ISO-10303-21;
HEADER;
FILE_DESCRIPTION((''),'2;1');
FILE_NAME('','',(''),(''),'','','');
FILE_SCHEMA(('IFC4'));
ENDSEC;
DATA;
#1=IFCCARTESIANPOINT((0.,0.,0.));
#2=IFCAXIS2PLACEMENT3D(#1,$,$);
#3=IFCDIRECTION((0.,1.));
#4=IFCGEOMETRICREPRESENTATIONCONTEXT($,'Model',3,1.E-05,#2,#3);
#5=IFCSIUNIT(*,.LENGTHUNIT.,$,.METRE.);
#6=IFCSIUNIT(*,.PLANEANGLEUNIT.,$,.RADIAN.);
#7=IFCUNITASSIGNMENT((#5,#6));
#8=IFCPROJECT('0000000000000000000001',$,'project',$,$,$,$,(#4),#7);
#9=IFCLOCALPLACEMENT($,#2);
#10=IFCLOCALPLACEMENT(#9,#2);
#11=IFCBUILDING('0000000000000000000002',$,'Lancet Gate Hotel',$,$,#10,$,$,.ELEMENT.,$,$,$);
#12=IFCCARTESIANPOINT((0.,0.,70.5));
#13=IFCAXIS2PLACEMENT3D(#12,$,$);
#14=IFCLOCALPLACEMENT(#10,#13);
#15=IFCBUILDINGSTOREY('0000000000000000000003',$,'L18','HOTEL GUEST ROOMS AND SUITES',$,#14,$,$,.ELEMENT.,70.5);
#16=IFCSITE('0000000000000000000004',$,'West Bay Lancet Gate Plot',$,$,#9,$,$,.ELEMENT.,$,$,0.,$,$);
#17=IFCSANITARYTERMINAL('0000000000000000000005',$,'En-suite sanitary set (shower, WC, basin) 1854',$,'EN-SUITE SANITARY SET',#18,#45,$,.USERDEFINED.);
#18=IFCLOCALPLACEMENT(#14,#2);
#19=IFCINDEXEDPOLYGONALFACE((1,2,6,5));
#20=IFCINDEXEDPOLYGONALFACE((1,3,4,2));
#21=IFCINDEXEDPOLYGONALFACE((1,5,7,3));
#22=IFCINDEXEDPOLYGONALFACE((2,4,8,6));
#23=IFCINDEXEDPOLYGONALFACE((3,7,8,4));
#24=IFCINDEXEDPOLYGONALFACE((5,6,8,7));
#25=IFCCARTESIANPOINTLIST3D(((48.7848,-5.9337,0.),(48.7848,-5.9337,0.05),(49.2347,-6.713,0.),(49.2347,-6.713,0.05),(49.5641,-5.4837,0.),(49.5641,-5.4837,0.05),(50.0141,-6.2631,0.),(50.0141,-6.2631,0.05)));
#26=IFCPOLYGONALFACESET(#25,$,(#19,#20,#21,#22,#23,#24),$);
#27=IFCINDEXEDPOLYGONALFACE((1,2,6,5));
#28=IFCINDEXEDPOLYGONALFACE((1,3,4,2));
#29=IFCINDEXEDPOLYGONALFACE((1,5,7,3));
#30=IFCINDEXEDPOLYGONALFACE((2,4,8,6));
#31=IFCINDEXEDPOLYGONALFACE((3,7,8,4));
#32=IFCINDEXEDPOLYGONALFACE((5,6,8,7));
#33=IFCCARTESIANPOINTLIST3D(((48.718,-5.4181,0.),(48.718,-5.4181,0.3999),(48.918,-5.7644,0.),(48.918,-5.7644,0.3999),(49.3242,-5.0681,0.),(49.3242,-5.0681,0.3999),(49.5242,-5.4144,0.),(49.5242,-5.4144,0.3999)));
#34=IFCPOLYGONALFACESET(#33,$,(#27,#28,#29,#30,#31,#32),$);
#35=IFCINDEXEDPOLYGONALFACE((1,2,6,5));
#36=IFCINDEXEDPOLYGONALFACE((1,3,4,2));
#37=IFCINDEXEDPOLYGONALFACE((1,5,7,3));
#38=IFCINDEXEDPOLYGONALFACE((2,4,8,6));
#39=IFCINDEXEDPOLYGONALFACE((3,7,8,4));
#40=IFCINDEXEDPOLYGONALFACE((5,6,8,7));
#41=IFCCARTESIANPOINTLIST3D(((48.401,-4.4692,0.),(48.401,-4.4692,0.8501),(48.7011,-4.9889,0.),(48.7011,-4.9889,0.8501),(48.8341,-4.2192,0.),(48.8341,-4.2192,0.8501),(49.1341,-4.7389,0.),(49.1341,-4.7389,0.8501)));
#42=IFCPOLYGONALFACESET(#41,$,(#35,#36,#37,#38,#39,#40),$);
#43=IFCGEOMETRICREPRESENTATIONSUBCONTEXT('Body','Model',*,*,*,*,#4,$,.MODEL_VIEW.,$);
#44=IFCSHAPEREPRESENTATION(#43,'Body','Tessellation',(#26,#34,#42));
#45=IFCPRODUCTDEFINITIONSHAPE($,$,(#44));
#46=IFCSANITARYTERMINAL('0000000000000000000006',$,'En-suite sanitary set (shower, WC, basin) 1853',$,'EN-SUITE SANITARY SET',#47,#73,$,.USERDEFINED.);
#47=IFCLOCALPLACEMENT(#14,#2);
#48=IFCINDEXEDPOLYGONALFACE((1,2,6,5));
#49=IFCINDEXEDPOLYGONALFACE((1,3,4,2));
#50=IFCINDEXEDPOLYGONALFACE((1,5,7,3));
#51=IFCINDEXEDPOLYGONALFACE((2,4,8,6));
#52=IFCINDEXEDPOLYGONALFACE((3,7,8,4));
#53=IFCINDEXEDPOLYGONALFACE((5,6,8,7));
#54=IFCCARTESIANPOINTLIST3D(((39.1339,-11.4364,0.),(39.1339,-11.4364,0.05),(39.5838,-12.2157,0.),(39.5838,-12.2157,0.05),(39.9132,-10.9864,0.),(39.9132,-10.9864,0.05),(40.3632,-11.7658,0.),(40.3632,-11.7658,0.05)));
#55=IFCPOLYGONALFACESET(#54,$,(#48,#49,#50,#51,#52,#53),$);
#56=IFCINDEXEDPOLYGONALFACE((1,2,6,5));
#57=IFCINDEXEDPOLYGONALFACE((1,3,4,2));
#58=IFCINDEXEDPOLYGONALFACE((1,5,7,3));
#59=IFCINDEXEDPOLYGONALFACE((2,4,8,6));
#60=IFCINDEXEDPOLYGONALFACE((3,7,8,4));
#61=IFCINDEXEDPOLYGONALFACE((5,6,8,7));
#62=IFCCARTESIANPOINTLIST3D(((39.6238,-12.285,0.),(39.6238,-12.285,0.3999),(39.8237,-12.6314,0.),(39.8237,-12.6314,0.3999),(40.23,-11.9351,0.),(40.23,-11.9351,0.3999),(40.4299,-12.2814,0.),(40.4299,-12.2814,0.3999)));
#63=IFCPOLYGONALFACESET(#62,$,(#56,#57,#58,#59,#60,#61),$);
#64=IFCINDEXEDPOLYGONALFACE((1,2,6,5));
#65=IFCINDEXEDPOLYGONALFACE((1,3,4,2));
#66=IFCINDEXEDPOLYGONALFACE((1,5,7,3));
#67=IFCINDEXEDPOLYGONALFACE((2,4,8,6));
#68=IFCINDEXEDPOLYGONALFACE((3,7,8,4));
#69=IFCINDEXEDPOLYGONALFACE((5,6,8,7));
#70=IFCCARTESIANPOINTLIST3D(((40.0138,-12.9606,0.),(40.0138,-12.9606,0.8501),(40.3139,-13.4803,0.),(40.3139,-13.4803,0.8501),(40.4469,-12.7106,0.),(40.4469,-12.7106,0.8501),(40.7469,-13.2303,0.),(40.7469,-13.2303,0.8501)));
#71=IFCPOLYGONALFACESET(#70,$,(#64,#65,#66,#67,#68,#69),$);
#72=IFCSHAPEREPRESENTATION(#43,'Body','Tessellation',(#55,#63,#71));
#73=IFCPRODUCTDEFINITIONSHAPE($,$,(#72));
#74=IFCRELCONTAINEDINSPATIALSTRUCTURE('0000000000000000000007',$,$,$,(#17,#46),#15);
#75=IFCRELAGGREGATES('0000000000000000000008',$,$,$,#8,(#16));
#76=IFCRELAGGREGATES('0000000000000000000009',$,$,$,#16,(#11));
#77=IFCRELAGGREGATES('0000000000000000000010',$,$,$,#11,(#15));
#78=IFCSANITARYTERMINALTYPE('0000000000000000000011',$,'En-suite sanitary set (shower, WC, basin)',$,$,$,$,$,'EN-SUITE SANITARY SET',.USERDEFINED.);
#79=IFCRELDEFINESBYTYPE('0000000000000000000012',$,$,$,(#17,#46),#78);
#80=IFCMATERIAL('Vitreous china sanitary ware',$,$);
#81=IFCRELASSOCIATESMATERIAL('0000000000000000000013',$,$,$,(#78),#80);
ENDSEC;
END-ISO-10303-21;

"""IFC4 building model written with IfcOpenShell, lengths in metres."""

from ifc_helpers import new_model, si_unit, direction, frame, origin, origin_2d, place, context, subcontext, project, spatial, rectangle, extrude, material, type_object, element, save


model = new_model("IFC4")

# Units and contexts
model_context = context("Model", 3, precision=1e-05, world=origin(), true_north=direction((0.0, 1.0)))
body_context = subcontext(model_context, "Body", "Model", "MODEL_VIEW")
ifc_project = project(units=[si_unit("LENGTHUNIT", "METRE"), si_unit("PLANEANGLEUNIT", "RADIAN")], contexts=[model_context])

# Site, building, storey
site_placement = place(None, origin())
site = spatial("IfcSite", under=ifc_project, at=site_placement, Name="West Bay Lancet Gate Plot", CompositionType="ELEMENT", RefElevation=0.0)
building_placement = place(site_placement, origin())
building = spatial("IfcBuilding", under=site, at=building_placement, Name="Lancet Gate Hotel", CompositionType="ELEMENT")
storey_placement = place(building_placement, frame((0.0, 0.0, 70.5)))
storey = spatial("IfcBuildingStorey", under=building, at=storey_placement, Name="L18", Description="HOTEL GUEST ROOMS AND SUITES", CompositionType="ELEMENT", Elevation=70.5)

# Sanitary terminals
ifc_material_1 = material(Name="Vitreous china sanitary ware")
sanitary_terminal_type = type_object("IfcSanitaryTerminalType", Name="En-suite sanitary set (shower, WC, basin)", ElementType="EN-SUITE SANITARY SET", PredefinedType="USERDEFINED", material=ifc_material_1)
sanitary_terminal_1_placement = place(storey_placement, frame((49.3994, -6.0984, 0.0), z_axis=(0.0, 0.0, 1.0), x_axis=(1.0, 0.0, 0.0)))
element("IfcSanitaryTerminal", 1, at=sanitary_terminal_1_placement, inside=storey, type_object=sanitary_terminal_type, Name="En-suite sanitary set (shower, WC, basin) 1854", ObjectType="EN-SUITE SANITARY SET", PredefinedType="USERDEFINED", context=body_context, shape_type="SweptSolid", body=[
    extrude(rectangle(XDim=0.8999, YDim=0.8999, at=origin_2d()), frame((0.0, 0.0, 0.0), z_axis=(0.0, 0.0, 1.0), x_axis=(0.5, -0.866025, 0.0)), (0.0, 0.0, 1.0), 0.05),
    extrude(rectangle(XDim=0.3999, YDim=0.7, at=origin_2d()), frame((-0.2783, 0.6821, 0.0), z_axis=(0.0, 0.0, 1.0), x_axis=(0.5, -0.866025, 0.0)), (0.0, 0.0, 1.0), 0.3999),
    extrude(rectangle(XDim=0.6001, YDim=0.5, at=origin_2d()), frame((-0.6318, 1.4944, 0.0), z_axis=(0.0, 0.0, 1.0), x_axis=(0.5, -0.866025, 0.0)), (0.0, 0.0, 1.0), 0.8501),
])
sanitary_terminal_2_placement = place(storey_placement, frame((39.7485, -11.6011, 0.0), z_axis=(0.0, 0.0, 1.0), x_axis=(1.0, 0.0, 0.0)))
element("IfcSanitaryTerminal", 2, at=sanitary_terminal_2_placement, inside=storey, type_object=sanitary_terminal_type, Name="En-suite sanitary set (shower, WC, basin) 1853", ObjectType="EN-SUITE SANITARY SET", PredefinedType="USERDEFINED", context=body_context, shape_type="SweptSolid", body=[
    extrude(rectangle(XDim=0.8999, YDim=0.8999, at=origin_2d()), frame((0.0, 0.0, 0.0), z_axis=(0.0, 0.0, 1.0), x_axis=(-0.5, 0.866025, 0.0)), (0.0, 0.0, 1.0), 0.05),
    extrude(rectangle(XDim=0.3999, YDim=0.7, at=origin_2d()), frame((0.2783, -0.6821, 0.0), z_axis=(0.0, 0.0, 1.0), x_axis=(-0.5, 0.866025, 0.0)), (0.0, 0.0, 1.0), 0.3999),
    extrude(rectangle(XDim=0.6001, YDim=0.5, at=origin_2d()), frame((0.6318, -1.4944, 0.0), z_axis=(0.0, 0.0, 1.0), x_axis=(-0.5, 0.866025, 0.0)), (0.0, 0.0, 1.0), 0.8501),
])

save(model, "model.ifc")
